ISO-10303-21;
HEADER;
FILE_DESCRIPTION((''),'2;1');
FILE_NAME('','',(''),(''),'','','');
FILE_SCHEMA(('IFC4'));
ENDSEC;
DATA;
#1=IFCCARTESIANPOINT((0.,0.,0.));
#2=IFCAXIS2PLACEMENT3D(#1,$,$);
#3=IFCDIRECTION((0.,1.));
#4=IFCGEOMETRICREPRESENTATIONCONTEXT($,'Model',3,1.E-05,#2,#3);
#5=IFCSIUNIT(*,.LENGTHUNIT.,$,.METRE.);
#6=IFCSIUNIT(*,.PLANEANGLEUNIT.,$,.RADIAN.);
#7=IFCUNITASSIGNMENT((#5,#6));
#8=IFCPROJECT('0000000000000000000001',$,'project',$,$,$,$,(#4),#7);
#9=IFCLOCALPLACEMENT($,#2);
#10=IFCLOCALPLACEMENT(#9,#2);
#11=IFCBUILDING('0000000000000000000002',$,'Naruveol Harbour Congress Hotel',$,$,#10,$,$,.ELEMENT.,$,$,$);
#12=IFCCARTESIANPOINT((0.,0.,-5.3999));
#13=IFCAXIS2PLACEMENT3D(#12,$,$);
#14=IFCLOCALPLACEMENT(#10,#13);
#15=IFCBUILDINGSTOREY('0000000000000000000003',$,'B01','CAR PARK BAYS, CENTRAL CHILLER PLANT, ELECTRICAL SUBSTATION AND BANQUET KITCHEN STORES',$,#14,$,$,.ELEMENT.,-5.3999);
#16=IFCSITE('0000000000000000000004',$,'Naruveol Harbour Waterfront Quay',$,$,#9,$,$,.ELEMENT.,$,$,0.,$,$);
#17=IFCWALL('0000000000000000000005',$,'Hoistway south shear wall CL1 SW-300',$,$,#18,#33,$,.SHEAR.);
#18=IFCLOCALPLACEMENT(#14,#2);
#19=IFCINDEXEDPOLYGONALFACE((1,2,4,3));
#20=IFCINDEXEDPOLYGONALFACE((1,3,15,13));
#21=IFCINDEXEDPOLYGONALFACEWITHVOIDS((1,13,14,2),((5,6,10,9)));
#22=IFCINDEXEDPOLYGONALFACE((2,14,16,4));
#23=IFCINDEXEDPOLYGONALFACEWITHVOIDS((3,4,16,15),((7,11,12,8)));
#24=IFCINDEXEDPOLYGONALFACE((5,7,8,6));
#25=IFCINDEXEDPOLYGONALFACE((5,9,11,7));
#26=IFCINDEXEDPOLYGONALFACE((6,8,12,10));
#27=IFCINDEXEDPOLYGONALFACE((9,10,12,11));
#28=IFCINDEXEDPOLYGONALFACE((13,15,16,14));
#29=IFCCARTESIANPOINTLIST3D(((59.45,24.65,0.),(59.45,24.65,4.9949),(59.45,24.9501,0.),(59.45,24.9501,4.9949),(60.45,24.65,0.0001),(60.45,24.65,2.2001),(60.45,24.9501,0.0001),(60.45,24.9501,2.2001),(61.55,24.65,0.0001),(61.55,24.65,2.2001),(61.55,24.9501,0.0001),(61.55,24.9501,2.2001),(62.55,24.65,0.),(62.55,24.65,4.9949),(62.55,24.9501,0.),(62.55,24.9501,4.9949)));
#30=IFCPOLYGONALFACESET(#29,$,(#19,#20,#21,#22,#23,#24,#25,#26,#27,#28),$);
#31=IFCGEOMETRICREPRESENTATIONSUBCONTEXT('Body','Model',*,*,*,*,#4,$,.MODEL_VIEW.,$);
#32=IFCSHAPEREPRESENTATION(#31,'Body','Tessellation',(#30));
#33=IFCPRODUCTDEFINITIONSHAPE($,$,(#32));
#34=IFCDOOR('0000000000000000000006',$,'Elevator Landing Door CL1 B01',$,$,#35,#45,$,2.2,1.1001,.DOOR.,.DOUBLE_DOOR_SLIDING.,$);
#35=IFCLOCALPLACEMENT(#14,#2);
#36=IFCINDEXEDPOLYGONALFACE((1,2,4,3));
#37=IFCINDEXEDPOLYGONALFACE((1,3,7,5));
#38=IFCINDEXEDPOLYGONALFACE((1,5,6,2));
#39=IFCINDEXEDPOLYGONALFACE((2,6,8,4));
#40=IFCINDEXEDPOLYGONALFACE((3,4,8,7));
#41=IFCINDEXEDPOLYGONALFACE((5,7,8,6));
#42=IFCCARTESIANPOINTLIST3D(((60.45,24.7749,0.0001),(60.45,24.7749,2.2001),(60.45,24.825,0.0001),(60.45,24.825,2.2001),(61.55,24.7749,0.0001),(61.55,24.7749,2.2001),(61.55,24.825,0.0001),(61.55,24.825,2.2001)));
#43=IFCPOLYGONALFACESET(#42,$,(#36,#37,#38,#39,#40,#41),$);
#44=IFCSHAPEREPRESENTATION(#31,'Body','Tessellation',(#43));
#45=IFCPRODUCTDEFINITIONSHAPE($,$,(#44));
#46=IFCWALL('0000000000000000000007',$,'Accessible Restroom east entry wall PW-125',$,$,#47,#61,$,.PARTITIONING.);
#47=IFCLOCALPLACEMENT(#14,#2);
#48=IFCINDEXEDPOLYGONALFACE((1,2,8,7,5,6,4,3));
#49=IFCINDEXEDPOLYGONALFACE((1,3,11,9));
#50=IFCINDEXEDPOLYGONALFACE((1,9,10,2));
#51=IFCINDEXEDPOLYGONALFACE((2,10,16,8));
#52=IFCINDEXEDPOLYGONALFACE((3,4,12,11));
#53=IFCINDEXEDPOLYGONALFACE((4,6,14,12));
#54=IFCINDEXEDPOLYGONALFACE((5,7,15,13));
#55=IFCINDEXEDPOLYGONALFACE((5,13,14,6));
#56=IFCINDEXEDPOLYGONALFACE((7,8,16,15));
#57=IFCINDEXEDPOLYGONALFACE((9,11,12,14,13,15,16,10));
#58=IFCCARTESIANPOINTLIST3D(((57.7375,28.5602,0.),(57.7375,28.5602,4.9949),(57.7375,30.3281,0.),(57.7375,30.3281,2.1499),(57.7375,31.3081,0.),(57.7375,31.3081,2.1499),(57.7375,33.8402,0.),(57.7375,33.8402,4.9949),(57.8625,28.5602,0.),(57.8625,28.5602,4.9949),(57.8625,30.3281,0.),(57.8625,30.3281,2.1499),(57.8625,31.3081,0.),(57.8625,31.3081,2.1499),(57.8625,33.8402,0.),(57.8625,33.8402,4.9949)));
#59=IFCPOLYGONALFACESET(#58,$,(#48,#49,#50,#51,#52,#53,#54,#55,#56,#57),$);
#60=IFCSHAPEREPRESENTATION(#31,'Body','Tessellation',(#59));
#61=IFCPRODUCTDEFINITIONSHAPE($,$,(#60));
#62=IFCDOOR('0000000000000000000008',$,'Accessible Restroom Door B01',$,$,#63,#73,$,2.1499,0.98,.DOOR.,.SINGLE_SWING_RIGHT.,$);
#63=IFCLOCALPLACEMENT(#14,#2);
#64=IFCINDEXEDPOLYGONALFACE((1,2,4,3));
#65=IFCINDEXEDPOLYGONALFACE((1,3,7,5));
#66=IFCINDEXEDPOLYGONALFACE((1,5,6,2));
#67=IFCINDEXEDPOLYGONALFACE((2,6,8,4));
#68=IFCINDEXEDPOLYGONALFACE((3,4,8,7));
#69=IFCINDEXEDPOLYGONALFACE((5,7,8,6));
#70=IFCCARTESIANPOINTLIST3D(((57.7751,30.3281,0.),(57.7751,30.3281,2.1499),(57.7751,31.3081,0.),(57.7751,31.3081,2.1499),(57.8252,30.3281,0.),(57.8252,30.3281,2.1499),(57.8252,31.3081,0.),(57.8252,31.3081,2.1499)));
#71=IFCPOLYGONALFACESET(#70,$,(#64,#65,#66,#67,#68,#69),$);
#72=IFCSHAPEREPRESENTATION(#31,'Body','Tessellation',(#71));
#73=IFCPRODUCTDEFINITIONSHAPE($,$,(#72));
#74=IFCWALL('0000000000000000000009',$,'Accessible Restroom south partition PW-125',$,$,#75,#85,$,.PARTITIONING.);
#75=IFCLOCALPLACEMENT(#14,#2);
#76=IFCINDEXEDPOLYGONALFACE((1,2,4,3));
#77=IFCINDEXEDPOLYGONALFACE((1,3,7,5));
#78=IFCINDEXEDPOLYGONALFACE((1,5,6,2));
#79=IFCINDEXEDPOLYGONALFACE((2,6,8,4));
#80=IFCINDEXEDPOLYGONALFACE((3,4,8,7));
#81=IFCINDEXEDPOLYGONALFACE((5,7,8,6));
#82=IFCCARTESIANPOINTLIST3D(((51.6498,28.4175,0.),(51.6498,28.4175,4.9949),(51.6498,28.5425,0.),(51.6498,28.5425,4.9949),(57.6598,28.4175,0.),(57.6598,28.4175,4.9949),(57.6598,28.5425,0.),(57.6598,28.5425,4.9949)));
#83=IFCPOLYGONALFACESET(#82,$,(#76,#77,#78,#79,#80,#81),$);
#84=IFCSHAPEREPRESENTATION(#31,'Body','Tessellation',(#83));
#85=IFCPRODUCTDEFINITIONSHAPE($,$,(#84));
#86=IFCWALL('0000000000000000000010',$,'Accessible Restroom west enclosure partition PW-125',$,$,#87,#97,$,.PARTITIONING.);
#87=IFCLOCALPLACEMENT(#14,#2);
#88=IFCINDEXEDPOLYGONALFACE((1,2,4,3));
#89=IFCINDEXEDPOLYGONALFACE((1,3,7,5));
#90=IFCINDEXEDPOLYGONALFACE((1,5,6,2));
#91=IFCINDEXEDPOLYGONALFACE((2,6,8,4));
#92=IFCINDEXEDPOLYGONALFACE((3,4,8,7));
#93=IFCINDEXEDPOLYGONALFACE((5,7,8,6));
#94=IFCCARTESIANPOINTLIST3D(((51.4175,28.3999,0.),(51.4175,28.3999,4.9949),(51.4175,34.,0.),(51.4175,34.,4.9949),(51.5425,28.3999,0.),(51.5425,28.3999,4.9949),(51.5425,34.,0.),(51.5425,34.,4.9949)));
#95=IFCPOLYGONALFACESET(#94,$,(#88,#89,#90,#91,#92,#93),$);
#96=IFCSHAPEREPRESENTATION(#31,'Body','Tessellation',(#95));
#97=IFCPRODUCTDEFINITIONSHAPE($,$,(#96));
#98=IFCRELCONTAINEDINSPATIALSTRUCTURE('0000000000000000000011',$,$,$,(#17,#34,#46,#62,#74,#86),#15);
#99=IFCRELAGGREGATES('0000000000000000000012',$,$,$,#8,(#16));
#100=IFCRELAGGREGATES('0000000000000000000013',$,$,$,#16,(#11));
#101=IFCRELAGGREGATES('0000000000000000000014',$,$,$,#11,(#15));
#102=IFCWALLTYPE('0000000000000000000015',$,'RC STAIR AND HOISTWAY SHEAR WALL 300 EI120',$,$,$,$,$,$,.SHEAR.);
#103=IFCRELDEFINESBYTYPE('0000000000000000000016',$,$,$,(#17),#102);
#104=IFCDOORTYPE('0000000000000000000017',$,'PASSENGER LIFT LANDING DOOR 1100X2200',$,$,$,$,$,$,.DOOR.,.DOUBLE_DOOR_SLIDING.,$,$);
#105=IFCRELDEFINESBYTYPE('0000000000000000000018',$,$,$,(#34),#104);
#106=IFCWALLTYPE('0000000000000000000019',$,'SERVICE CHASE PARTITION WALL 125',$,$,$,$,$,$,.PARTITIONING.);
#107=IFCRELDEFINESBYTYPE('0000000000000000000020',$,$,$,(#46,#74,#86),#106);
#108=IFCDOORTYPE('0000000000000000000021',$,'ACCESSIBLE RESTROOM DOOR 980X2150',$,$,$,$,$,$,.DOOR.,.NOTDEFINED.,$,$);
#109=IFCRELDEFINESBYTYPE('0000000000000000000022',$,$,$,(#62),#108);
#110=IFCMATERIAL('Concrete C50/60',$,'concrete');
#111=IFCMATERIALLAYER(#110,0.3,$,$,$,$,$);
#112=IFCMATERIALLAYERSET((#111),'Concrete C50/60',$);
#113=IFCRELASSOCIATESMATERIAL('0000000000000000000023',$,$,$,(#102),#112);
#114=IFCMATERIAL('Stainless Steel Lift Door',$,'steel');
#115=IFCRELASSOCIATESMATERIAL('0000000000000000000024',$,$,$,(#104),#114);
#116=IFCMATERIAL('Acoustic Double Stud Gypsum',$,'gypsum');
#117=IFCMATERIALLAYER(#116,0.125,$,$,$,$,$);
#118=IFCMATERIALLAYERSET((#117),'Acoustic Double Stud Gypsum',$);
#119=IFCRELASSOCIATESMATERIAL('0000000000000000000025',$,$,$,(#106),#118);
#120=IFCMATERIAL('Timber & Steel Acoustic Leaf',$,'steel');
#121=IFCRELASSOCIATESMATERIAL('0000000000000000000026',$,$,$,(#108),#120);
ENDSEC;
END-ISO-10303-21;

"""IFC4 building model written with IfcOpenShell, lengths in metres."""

from ifc_helpers import new_model, si_unit, direction, frame, frame_2d, origin, place, context, subcontext, project, spatial, rectangle, extrude, material, layer, layer_set, type_object, element, fill, save


model = new_model("IFC4")

# Units and contexts
model_context = context("Model", 3, precision=1e-05, world=origin(), true_north=direction((0.0, 1.0)))
body_context = subcontext(model_context, "Body", "Model", "MODEL_VIEW")
ifc_project = project(units=[si_unit("LENGTHUNIT", "METRE"), si_unit("PLANEANGLEUNIT", "RADIAN")], contexts=[model_context])

# Site, building, storey
site_placement = place(None, origin())
site = spatial("IfcSite", under=ifc_project, at=site_placement, Name="Naruveol Harbour Waterfront Quay", CompositionType="ELEMENT", RefElevation=0.0)
building_placement = place(site_placement, origin())
building = spatial("IfcBuilding", under=site, at=building_placement, Name="Naruveol Harbour Congress Hotel", CompositionType="ELEMENT")
storey_placement = place(building_placement, frame((0.0, 0.0, -5.3999)))
storey = spatial("IfcBuildingStorey", under=building, at=storey_placement, Name="B01", Description="CAR PARK BAYS, CENTRAL CHILLER PLANT, ELECTRICAL SUBSTATION AND BANQUET KITCHEN STORES", CompositionType="ELEMENT", Elevation=-5.3999)

# Walls, openings, doors
ifc_material_1 = material(Name="Concrete C50/60", Category="concrete")
ifc_layer_1 = layer(ifc_material_1, 0.3)
ifc_layer_set_1 = layer_set([ifc_layer_1], Name="Concrete C50/60")
wall_type_1 = type_object("IfcWallType", Name="RC STAIR AND HOISTWAY SHEAR WALL 300 EI120", PredefinedType="SHEAR", material=ifc_layer_set_1)
wall_1_placement = place(storey_placement, frame((59.45, 24.8, 0.0), z_axis=(0.0, 0.0, 1.0), x_axis=(1.0, 0.0, 0.0)))
wall_1 = element("IfcWall", 1, at=wall_1_placement, inside=storey, type_object=wall_type_1, Name="Hoistway south shear wall CL1 SW-300", PredefinedType="SHEAR", context=body_context, shape_type="SweptSolid", body=[
    extrude(rectangle(XDim=3.1001, YDim=0.3, at=frame_2d((1.55, 0.0))), origin(), (0.0, 0.0, 1.0), 4.9949),
])
opening_1_placement = place(wall_1_placement, frame((1.0, 0.0, 0.0)))
opening_1 = element("IfcOpeningElement", 2, at=opening_1_placement, cuts=wall_1, PredefinedType="OPENING", context=body_context, shape_type="SweptSolid", body=[
    extrude(rectangle(XDim=1.1001, YDim=2.2, at=frame_2d((0.55, 1.1001))), frame((0.0, 0.1599, 0.0), z_axis=(0.0, -1.0, 0.0), x_axis=(1.0, 0.0, 0.0)), (0.0, 0.0, 1.0), 0.3201),
])
ifc_material_2 = material(Name="Stainless Steel Lift Door", Category="steel")
door_type_1 = type_object("IfcDoorType", Name="PASSENGER LIFT LANDING DOOR 1100X2200", OperationType="DOUBLE_DOOR_SLIDING", PredefinedType="DOOR", material=ifc_material_2)
door_1_placement = place(opening_1_placement, origin())
door_1 = element("IfcDoor", 3, at=door_1_placement, inside=storey, type_object=door_type_1, Name="Elevator Landing Door CL1 B01", OperationType="DOUBLE_DOOR_SLIDING", OverallHeight=2.2, OverallWidth=1.1001, PredefinedType="DOOR", context=body_context, shape_type="SweptSolid", body=[
    extrude(rectangle(XDim=1.1001, YDim=2.2, at=frame_2d((0.55, 1.1001))), frame((0.0, 0.0249, 0.0), z_axis=(0.0, -1.0, 0.0), x_axis=(1.0, 0.0, 0.0)), (0.0, 0.0, 1.0), 0.05),
])
fill(opening_1, door_1)
ifc_material_3 = material(Name="Acoustic Double Stud Gypsum", Category="gypsum")
ifc_layer_2 = layer(ifc_material_3, 0.125)
ifc_layer_set_2 = layer_set([ifc_layer_2], Name="Acoustic Double Stud Gypsum")
wall_type_2 = type_object("IfcWallType", Name="SERVICE CHASE PARTITION WALL 125", PredefinedType="PARTITIONING", material=ifc_layer_set_2)
wall_2_placement = place(storey_placement, frame((57.8, 28.5601, 0.0), z_axis=(0.0, 0.0, 1.0), x_axis=(0.0, 1.0, 0.0)))
wall_2 = element("IfcWall", 4, at=wall_2_placement, inside=storey, type_object=wall_type_2, Name="Accessible Restroom east entry wall PW-125", PredefinedType="PARTITIONING", context=body_context, shape_type="SweptSolid", body=[
    extrude(rectangle(XDim=5.28, YDim=0.125, at=frame_2d((2.6401, 0.0))), origin(), (0.0, 0.0, 1.0), 4.9949),
])
opening_2_placement = place(wall_2_placement, frame((1.7681, 0.0, 0.0)))
opening_2 = element("IfcOpeningElement", 5, at=opening_2_placement, cuts=wall_2, PredefinedType="OPENING", context=body_context, shape_type="SweptSolid", body=[
    extrude(rectangle(XDim=0.98, YDim=2.1499, at=frame_2d((0.49, 1.075))), frame((0.0, 0.0725, 0.0), z_axis=(0.0, -1.0, 0.0), x_axis=(1.0, 0.0, 0.0)), (0.0, 0.0, 1.0), 0.145),
])
ifc_material_4 = material(Name="Timber & Steel Acoustic Leaf", Category="steel")
door_type_2 = type_object("IfcDoorType", Name="ACCESSIBLE RESTROOM DOOR 980X2150", OperationType="NOTDEFINED", PredefinedType="DOOR", material=ifc_material_4)
door_2_placement = place(opening_2_placement, origin())
door_2 = element("IfcDoor", 6, at=door_2_placement, inside=storey, type_object=door_type_2, Name="Accessible Restroom Door B01", OperationType="SINGLE_SWING_RIGHT", OverallHeight=2.1499, OverallWidth=0.98, PredefinedType="DOOR", context=body_context, shape_type="SweptSolid", body=[
    extrude(rectangle(XDim=0.98, YDim=2.1499, at=frame_2d((0.49, 1.075))), frame((0.0, 0.0249, 0.0), z_axis=(0.0, -1.0, 0.0), x_axis=(1.0, 0.0, 0.0)), (0.0, 0.0, 1.0), 0.05),
])
fill(opening_2, door_2)

# Walls
wall_3_placement = place(storey_placement, frame((51.6499, 28.48, 0.0), z_axis=(0.0, 0.0, 1.0), x_axis=(1.0, 0.0, 0.0)))
element("IfcWall", 7, at=wall_3_placement, inside=storey, type_object=wall_type_2, Name="Accessible Restroom south partition PW-125", PredefinedType="PARTITIONING", context=body_context, shape_type="SweptSolid", body=[
    extrude(rectangle(XDim=6.01, YDim=0.125, at=frame_2d((3.0049, 0.0))), origin(), (0.0, 0.0, 1.0), 4.9949),
])
wall_4_placement = place(storey_placement, frame((51.48, 28.3999, 0.0), z_axis=(0.0, 0.0, 1.0), x_axis=(0.0, 1.0, 0.0)))
element("IfcWall", 8, at=wall_4_placement, inside=storey, type_object=wall_type_2, Name="Accessible Restroom west enclosure partition PW-125", PredefinedType="PARTITIONING", context=body_context, shape_type="SweptSolid", body=[
    extrude(rectangle(XDim=5.6001, YDim=0.125, at=frame_2d((2.8, 0.0))), origin(), (0.0, 0.0, 1.0), 4.9949),
])

save(model, "model.ifc")
